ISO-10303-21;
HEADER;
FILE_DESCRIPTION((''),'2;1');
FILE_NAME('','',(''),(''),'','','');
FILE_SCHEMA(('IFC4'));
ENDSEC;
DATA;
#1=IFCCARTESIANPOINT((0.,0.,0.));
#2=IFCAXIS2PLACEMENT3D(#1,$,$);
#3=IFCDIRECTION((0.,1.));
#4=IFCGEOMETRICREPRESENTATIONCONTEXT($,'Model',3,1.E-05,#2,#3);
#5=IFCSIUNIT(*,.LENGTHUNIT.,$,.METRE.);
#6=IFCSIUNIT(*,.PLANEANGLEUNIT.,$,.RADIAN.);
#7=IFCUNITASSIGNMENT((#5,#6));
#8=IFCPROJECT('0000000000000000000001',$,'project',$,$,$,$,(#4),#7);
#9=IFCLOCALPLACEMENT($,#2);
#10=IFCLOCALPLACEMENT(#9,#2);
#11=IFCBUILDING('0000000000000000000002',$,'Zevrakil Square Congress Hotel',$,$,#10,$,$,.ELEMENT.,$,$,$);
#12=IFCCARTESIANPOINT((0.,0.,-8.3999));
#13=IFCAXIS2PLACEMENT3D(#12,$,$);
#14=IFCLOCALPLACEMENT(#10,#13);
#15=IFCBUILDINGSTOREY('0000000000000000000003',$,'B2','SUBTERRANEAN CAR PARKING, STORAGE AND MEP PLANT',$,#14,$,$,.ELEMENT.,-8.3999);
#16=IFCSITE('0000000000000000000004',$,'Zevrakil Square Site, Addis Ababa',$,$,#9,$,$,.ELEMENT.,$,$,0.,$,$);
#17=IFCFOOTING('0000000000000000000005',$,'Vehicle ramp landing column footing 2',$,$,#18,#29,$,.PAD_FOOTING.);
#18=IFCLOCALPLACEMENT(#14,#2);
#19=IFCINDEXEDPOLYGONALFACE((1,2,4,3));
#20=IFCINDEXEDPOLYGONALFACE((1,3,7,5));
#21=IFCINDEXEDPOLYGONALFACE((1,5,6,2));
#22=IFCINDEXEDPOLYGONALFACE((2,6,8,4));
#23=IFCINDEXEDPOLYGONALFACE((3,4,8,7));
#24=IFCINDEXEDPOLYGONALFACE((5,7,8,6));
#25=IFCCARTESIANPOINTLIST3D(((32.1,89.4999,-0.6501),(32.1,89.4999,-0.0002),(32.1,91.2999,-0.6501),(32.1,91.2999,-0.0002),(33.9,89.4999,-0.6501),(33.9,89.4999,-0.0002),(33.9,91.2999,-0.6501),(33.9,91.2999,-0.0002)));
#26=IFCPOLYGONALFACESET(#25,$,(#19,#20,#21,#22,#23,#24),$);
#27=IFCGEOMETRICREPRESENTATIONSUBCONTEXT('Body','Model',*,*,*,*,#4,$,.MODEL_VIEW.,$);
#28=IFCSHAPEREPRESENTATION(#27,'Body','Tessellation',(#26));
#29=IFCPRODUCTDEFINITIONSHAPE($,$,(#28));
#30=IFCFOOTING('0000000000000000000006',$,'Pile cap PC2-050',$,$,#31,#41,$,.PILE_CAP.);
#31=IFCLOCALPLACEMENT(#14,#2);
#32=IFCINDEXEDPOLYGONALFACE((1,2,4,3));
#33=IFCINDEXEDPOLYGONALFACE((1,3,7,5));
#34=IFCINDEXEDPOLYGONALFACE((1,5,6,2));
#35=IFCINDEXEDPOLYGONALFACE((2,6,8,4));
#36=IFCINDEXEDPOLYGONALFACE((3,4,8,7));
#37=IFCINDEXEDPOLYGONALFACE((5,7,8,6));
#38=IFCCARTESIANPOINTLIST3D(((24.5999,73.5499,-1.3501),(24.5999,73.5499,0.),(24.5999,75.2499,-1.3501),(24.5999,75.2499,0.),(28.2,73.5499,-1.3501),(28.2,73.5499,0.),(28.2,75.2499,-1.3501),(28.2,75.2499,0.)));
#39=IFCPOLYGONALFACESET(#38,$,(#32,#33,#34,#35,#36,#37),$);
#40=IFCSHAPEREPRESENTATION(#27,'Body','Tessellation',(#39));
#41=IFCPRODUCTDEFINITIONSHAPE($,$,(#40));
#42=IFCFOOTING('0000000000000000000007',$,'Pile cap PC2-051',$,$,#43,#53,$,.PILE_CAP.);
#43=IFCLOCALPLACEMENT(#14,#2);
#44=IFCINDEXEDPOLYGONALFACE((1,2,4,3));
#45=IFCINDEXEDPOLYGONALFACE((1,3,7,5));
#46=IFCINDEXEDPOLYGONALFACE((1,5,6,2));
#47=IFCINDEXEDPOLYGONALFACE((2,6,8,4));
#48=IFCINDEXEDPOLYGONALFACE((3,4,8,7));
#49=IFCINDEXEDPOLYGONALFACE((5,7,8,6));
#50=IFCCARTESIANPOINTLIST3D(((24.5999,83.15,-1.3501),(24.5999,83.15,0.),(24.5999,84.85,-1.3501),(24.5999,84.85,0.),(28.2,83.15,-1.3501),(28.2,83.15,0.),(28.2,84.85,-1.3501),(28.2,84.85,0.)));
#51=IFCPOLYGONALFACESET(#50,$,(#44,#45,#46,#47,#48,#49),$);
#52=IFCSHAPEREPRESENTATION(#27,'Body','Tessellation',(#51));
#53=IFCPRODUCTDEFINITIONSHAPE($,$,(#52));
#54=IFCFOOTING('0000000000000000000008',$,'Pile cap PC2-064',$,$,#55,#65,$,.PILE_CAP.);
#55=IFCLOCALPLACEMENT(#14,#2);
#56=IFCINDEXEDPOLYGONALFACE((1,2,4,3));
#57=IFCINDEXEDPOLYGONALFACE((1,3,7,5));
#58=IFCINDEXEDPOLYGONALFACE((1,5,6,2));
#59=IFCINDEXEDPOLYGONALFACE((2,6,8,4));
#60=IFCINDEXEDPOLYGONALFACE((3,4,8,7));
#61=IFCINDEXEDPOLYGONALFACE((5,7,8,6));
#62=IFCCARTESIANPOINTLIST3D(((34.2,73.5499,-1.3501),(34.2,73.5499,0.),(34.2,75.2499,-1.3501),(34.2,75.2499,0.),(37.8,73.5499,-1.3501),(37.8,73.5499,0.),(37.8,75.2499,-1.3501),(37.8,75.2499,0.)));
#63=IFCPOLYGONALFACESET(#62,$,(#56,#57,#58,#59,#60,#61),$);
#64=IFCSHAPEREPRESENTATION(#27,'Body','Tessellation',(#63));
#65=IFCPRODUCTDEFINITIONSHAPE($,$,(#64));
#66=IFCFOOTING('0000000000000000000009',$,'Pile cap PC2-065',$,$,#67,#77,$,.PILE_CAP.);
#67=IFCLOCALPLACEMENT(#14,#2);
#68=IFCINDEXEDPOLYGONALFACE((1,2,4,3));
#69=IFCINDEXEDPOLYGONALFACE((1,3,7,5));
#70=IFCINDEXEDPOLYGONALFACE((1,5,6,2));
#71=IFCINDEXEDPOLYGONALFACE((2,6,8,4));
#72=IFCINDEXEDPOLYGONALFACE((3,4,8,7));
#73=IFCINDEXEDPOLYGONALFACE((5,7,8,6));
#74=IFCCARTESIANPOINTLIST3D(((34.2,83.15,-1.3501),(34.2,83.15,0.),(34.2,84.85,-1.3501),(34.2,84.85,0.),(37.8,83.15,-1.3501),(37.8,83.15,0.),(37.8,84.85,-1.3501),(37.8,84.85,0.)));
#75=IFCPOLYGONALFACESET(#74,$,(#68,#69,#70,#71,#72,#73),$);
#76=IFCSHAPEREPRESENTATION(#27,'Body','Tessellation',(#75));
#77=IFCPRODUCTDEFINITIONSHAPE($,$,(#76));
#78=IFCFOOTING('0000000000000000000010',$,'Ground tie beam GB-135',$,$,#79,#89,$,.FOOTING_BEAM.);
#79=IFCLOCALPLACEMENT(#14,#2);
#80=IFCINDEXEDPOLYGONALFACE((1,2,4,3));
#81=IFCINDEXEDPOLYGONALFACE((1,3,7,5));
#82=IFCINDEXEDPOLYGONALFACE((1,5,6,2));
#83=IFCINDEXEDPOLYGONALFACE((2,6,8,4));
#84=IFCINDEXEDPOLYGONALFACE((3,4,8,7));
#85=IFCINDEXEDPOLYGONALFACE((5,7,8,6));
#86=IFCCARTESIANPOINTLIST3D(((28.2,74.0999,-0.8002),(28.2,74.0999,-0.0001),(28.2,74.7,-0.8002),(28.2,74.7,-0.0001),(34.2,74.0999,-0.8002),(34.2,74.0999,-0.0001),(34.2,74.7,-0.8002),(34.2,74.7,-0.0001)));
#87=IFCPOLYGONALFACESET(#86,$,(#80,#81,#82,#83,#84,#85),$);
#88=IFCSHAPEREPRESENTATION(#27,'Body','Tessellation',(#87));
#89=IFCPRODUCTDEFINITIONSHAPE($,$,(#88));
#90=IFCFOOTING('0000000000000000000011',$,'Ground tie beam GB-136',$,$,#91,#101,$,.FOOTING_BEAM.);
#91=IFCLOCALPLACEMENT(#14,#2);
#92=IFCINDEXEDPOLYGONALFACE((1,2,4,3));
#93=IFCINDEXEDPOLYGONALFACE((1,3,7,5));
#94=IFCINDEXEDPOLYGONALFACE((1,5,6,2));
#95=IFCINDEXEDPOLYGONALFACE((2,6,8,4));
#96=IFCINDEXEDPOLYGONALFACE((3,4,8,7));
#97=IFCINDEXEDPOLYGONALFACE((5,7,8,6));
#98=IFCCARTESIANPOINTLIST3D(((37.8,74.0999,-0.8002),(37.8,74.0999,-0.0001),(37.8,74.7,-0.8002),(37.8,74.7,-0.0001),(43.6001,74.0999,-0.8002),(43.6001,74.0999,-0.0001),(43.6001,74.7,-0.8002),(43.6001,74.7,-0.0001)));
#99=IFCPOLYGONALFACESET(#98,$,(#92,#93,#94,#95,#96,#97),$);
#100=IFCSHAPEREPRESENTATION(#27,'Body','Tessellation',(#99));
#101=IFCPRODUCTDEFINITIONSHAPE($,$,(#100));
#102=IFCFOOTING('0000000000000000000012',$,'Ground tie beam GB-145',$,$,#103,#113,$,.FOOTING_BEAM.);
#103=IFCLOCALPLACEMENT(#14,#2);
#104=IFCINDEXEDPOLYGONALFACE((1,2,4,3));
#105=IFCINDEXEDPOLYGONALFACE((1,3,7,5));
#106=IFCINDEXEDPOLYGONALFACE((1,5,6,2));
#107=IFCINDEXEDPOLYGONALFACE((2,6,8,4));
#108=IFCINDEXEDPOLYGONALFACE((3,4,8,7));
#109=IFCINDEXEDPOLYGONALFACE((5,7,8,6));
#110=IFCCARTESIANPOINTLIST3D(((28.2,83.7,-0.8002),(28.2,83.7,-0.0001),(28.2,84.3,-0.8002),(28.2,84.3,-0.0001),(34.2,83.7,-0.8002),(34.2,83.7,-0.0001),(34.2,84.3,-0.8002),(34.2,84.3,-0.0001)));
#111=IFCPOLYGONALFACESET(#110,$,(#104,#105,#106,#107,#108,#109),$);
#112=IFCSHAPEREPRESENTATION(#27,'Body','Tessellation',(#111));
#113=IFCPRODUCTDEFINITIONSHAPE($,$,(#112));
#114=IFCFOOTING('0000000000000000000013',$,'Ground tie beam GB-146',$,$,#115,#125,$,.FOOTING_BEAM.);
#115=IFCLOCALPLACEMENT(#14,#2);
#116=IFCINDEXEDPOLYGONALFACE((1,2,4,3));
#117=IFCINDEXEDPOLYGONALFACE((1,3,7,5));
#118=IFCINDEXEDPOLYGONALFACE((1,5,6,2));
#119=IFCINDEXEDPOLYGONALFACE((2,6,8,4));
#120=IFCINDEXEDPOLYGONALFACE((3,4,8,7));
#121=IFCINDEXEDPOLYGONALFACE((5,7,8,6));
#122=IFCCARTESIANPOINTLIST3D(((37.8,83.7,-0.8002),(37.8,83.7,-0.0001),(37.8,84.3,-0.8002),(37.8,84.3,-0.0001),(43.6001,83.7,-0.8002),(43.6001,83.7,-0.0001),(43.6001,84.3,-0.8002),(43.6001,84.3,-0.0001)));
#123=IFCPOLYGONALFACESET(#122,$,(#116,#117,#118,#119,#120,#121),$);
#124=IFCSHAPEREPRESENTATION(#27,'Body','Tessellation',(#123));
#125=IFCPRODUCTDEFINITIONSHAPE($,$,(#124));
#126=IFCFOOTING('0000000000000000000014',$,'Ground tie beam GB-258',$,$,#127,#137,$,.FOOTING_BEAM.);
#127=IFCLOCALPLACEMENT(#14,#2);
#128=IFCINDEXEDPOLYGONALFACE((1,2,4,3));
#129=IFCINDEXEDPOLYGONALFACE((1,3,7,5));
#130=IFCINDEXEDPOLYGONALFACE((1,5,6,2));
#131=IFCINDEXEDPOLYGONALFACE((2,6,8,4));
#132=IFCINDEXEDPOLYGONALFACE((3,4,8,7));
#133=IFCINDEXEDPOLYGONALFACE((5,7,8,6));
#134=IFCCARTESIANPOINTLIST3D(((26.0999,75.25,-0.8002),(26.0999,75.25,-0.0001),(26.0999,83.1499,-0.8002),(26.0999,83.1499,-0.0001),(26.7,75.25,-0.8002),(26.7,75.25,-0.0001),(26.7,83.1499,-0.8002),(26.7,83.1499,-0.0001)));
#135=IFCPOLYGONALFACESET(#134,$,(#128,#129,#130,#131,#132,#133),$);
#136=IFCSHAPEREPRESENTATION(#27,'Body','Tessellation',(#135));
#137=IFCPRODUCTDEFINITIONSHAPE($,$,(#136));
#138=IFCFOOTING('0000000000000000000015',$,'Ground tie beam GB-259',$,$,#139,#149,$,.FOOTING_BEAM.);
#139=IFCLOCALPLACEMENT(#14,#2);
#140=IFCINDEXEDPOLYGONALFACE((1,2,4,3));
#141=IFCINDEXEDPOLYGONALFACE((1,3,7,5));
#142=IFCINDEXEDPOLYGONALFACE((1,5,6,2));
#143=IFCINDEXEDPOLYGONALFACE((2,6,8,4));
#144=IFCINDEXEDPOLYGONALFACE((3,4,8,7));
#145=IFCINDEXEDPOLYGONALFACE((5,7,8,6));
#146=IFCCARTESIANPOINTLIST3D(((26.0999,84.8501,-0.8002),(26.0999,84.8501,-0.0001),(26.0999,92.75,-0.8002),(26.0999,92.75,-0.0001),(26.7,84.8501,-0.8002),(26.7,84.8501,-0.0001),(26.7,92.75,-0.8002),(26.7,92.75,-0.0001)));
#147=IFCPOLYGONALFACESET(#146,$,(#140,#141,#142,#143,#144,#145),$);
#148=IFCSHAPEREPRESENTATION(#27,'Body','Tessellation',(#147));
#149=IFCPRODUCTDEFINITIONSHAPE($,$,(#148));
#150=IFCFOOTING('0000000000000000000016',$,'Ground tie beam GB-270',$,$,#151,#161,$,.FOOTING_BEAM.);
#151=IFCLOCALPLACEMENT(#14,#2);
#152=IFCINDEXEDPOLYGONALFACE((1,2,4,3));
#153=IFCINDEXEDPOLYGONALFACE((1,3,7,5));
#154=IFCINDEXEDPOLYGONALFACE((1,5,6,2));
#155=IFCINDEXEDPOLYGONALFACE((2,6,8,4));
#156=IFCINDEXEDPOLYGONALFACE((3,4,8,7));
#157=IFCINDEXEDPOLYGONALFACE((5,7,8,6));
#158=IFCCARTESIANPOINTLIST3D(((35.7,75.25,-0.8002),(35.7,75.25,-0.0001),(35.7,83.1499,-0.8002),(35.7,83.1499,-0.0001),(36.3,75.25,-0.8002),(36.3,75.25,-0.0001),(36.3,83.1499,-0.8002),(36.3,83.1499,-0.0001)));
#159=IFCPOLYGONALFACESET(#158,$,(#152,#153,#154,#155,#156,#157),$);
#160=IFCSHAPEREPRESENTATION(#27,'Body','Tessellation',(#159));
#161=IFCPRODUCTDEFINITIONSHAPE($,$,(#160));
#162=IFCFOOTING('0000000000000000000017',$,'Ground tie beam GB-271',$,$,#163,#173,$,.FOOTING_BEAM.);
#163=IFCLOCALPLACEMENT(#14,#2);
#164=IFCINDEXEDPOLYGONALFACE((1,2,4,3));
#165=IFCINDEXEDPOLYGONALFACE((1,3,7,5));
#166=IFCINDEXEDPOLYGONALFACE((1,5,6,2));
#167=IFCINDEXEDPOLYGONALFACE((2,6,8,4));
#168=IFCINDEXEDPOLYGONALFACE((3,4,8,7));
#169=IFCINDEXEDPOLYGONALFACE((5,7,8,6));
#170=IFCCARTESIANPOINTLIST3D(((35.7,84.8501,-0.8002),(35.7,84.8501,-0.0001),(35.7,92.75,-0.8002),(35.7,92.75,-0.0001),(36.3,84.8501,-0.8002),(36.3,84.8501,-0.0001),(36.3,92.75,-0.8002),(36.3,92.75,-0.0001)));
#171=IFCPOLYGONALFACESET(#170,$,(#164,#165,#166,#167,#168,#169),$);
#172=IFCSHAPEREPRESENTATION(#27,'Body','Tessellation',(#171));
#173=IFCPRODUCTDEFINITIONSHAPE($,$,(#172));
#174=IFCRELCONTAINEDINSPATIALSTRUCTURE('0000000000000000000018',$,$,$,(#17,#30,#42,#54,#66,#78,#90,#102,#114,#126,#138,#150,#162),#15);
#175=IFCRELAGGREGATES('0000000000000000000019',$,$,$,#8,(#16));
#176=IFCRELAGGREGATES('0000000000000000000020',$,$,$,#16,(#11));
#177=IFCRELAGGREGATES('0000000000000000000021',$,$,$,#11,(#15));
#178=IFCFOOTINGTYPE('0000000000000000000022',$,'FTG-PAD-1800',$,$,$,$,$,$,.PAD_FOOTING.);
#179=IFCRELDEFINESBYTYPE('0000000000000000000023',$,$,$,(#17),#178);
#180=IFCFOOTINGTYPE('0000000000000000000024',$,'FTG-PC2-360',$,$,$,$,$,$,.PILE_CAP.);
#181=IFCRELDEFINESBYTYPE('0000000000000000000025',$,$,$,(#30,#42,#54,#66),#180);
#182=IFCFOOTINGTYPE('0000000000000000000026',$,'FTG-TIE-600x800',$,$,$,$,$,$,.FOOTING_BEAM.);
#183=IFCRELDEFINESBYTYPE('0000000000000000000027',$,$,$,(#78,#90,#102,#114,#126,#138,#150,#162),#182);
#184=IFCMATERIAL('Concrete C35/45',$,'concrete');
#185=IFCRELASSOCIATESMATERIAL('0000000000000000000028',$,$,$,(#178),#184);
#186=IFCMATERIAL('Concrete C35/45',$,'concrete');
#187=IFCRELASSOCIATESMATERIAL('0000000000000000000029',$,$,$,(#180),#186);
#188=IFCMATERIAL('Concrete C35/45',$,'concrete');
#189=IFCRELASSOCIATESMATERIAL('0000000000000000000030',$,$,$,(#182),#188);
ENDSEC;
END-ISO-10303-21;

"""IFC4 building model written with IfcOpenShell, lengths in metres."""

from ifc_helpers import new_model, si_unit, direction, frame, origin, origin_2d, place, context, subcontext, project, spatial, rectangle, extrude, material, material_profile, profile_set, type_object, element, save


model = new_model("IFC4")

# Units and contexts
model_context = context("Model", 3, precision=1e-05, world=origin(), true_north=direction((0.0, 1.0)))
body_context = subcontext(model_context, "Body", "Model", "MODEL_VIEW")
ifc_project = project(units=[si_unit("LENGTHUNIT", "METRE"), si_unit("PLANEANGLEUNIT", "RADIAN")], contexts=[model_context])

# Site, building, storey
site_placement = place(None, origin())
site = spatial("IfcSite", under=ifc_project, at=site_placement, Name="Zevrakil Square Site, Addis Ababa", CompositionType="ELEMENT", RefElevation=0.0)
building_placement = place(site_placement, origin())
building = spatial("IfcBuilding", under=site, at=building_placement, Name="Zevrakil Square Congress Hotel", CompositionType="ELEMENT")
storey_placement = place(building_placement, frame((0.0, 0.0, -8.3999)))
storey = spatial("IfcBuildingStorey", under=building, at=storey_placement, Name="B2", Description="SUBTERRANEAN CAR PARKING, STORAGE AND MEP PLANT", CompositionType="ELEMENT", Elevation=-8.3999)

# Footings
ifc_material_1 = material(Name="Concrete C35/45", Category="concrete")
footing_type_1 = type_object("IfcFootingType", Name="FTG-PAD-1800", PredefinedType="PAD_FOOTING", material=ifc_material_1)
footing_1_placement = place(storey_placement, frame((33.0, 90.3999, -0.6501), z_axis=(0.0, 0.0, 1.0), x_axis=(1.0, 0.0, 0.0)))
element("IfcFooting", 1, at=footing_1_placement, inside=storey, type_object=footing_type_1, Name="Vehicle ramp landing column footing 2", PredefinedType="PAD_FOOTING", context=body_context, shape_type="SweptSolid", body=[
    extrude(rectangle(XDim=1.8, YDim=1.8, at=origin_2d()), origin(), (0.0, 0.0, 1.0), 0.6499),
])
ifc_material_2 = material(Name="Concrete C35/45", Category="concrete")
footing_type_2 = type_object("IfcFootingType", Name="FTG-PC2-360", PredefinedType="PILE_CAP", material=ifc_material_2)
for number, where, z_axis, x_axis, name in (
    (2, (26.3999, 74.3999, -1.3501), (0.0, 0.0, 1.0), (1.0, 0.0, 0.0), "Pile cap PC2-050"),
    (3, (26.3999, 84.0, -1.3501), (0.0, 0.0, 1.0), (1.0, 0.0, 0.0), "Pile cap PC2-051"),
    (4, (36.0, 74.3999, -1.3501), (0.0, 0.0, 1.0), (1.0, 0.0, 0.0), "Pile cap PC2-064"),
    (5, (36.0, 84.0, -1.3501), (0.0, 0.0, 1.0), (1.0, 0.0, 0.0), "Pile cap PC2-065"),
):
    element("IfcFooting", number, at=place(storey_placement, frame(where, z_axis=z_axis, x_axis=x_axis)), inside=storey, type_object=footing_type_2, Name=name, PredefinedType="PILE_CAP", context=body_context, shape_type="SweptSolid", body=[
        extrude(rectangle(XDim=3.6001, YDim=1.7, at=origin_2d()), origin(), (0.0, 0.0, 1.0), 1.3501),
    ])
ifc_material_3 = material(Name="Concrete C35/45", Category="concrete")
ifc_material_profile_1 = material_profile(ifc_material_3, rectangle(XDim=0.6001, YDim=0.8, at=origin_2d()), Name="RC 600x800")
ifc_profile_set_1 = profile_set([ifc_material_profile_1], Name="Concrete C35/45")
footing_type_3 = type_object("IfcFootingType", Name="FTG-TIE-600x800", PredefinedType="FOOTING_BEAM", material=ifc_profile_set_1)
footing_2_placement = place(storey_placement, frame((28.2, 74.3999, -0.4001), z_axis=(1.0, 0.0, 0.0), x_axis=(0.0, 1.0, 0.0)))
element("IfcFooting", 6, at=footing_2_placement, inside=storey, type_object=footing_type_3, Name="Ground tie beam GB-135", PredefinedType="FOOTING_BEAM", context=body_context, shape_type="SweptSolid", body=[
    extrude(rectangle(XDim=0.6001, YDim=0.8, at=origin_2d()), origin(), (0.0, 0.0, 1.0), 6.0),
])
footing_3_placement = place(storey_placement, frame((37.8, 74.3999, -0.4001), z_axis=(1.0, 0.0, 0.0), x_axis=(0.0, 1.0, 0.0)))
element("IfcFooting", 7, at=footing_3_placement, inside=storey, type_object=footing_type_3, Name="Ground tie beam GB-136", PredefinedType="FOOTING_BEAM", context=body_context, shape_type="SweptSolid", body=[
    extrude(rectangle(XDim=0.6001, YDim=0.8, at=origin_2d()), origin(), (0.0, 0.0, 1.0), 5.8),
])
footing_4_placement = place(storey_placement, frame((28.2, 84.0, -0.4001), z_axis=(1.0, 0.0, 0.0), x_axis=(0.0, 1.0, 0.0)))
element("IfcFooting", 8, at=footing_4_placement, inside=storey, type_object=footing_type_3, Name="Ground tie beam GB-145", PredefinedType="FOOTING_BEAM", context=body_context, shape_type="SweptSolid", body=[
    extrude(rectangle(XDim=0.6001, YDim=0.8, at=origin_2d()), origin(), (0.0, 0.0, 1.0), 6.0),
])
footing_5_placement = place(storey_placement, frame((37.8, 84.0, -0.4001), z_axis=(1.0, 0.0, 0.0), x_axis=(0.0, 1.0, 0.0)))
element("IfcFooting", 9, at=footing_5_placement, inside=storey, type_object=footing_type_3, Name="Ground tie beam GB-146", PredefinedType="FOOTING_BEAM", context=body_context, shape_type="SweptSolid", body=[
    extrude(rectangle(XDim=0.6001, YDim=0.8, at=origin_2d()), origin(), (0.0, 0.0, 1.0), 5.8),
])
for number, where, z_axis, x_axis, name in (
    (10, (26.3999, 75.25, -0.4001), (0.0, 1.0, 0.0), (-1.0, 0.0, 0.0), "Ground tie beam GB-258"),
    (11, (26.3999, 84.8501, -0.4001), (0.0, 1.0, 0.0), (-1.0, 0.0, 0.0), "Ground tie beam GB-259"),
    (12, (36.0, 75.25, -0.4001), (0.0, 1.0, 0.0), (-1.0, 0.0, 0.0), "Ground tie beam GB-270"),
    (13, (36.0, 84.8501, -0.4001), (0.0, 1.0, 0.0), (-1.0, 0.0, 0.0), "Ground tie beam GB-271"),
):
    element("IfcFooting", number, at=place(storey_placement, frame(where, z_axis=z_axis, x_axis=x_axis)), inside=storey, type_object=footing_type_3, Name=name, PredefinedType="FOOTING_BEAM", context=body_context, shape_type="SweptSolid", body=[
        extrude(rectangle(XDim=0.6001, YDim=0.8, at=origin_2d()), origin(), (0.0, 0.0, 1.0), 7.8999),
    ])

save(model, "model.ifc")
